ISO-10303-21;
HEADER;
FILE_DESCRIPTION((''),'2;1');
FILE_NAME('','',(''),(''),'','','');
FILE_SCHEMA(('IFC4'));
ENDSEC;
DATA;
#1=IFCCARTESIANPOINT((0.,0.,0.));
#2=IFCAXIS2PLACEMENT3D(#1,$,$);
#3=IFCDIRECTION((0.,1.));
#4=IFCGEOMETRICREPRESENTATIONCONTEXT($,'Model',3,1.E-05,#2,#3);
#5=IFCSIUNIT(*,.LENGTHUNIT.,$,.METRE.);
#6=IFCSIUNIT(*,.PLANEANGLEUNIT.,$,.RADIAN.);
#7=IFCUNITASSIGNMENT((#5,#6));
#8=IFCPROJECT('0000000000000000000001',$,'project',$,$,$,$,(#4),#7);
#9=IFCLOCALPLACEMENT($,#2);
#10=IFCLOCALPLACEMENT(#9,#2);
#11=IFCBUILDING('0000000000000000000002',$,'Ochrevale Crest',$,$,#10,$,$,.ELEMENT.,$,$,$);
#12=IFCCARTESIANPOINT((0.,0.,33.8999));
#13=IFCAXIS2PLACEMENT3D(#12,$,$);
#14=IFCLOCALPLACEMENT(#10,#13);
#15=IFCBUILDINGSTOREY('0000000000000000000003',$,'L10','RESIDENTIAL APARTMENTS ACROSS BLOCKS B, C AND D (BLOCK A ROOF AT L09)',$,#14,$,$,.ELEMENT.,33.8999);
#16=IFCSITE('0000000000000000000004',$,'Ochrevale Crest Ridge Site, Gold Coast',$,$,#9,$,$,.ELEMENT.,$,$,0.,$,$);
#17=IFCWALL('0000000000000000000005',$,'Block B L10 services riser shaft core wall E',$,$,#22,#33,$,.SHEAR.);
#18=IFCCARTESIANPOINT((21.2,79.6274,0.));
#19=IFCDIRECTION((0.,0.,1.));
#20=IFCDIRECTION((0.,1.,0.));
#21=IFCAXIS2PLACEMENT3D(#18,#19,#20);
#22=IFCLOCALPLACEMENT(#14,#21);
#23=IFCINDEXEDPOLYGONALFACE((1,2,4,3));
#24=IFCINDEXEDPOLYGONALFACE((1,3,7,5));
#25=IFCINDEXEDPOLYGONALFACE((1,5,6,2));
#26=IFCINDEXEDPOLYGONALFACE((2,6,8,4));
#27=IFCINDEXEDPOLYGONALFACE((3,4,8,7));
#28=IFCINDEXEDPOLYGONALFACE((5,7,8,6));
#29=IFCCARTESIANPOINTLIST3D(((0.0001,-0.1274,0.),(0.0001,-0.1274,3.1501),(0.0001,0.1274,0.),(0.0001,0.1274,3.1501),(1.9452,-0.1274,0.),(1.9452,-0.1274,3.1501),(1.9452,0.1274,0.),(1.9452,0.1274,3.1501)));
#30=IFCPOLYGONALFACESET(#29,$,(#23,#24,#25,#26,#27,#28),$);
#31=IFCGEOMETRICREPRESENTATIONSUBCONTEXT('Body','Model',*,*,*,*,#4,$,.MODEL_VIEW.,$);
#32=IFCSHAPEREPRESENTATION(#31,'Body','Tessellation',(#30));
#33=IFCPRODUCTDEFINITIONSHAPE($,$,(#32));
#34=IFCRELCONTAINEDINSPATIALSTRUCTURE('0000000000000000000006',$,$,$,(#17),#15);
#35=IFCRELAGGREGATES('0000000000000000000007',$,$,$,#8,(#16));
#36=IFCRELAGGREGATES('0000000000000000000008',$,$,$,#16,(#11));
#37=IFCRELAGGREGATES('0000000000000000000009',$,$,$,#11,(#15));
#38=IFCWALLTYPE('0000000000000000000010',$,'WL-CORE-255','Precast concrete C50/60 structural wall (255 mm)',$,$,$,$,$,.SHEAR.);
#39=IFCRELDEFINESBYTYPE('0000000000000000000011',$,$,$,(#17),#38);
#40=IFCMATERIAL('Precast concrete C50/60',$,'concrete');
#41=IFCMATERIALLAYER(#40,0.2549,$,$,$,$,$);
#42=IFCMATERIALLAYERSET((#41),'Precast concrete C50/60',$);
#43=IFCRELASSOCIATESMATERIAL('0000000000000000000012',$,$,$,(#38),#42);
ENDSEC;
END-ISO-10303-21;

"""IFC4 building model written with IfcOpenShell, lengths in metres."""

from ifc_helpers import new_model, si_unit, direction, frame, frame_2d, origin, place, context, subcontext, project, spatial, rectangle, extrude, material, layer, layer_set, type_object, element, save


model = new_model("IFC4")

# Units and contexts
model_context = context("Model", 3, precision=1e-05, world=origin(), true_north=direction((0.0, 1.0)))
body_context = subcontext(model_context, "Body", "Model", "MODEL_VIEW")
ifc_project = project(units=[si_unit("LENGTHUNIT", "METRE"), si_unit("PLANEANGLEUNIT", "RADIAN")], contexts=[model_context])

# Site, building, storey
site_placement = place(None, origin())
site = spatial("IfcSite", under=ifc_project, at=site_placement, Name="Ochrevale Crest Ridge Site, Gold Coast", CompositionType="ELEMENT", RefElevation=0.0)
building_placement = place(site_placement, origin())
building = spatial("IfcBuilding", under=site, at=building_placement, Name="Ochrevale Crest", CompositionType="ELEMENT")
storey_placement = place(building_placement, frame((0.0, 0.0, 33.8999)))
storey = spatial("IfcBuildingStorey", under=building, at=storey_placement, Name="L10", Description="RESIDENTIAL APARTMENTS ACROSS BLOCKS B, C AND D (BLOCK A ROOF AT L09)", CompositionType="ELEMENT", Elevation=33.8999)

# Shared definitions
ifc_material_1 = material(Name="Precast concrete C50/60", Category="concrete")
ifc_layer_1 = layer(ifc_material_1, 0.2549)
ifc_layer_set_1 = layer_set([ifc_layer_1], Name="Precast concrete C50/60")
wall_type_1 = type_object("IfcWallType", Name="WL-CORE-255", Description="Precast concrete C50/60 structural wall (255 mm)", PredefinedType="SHEAR", material=ifc_layer_set_1)

# Wall
wall_1_placement = place(storey_placement, frame((21.2, 79.6274, 0.0), z_axis=(0.0, 0.0, 1.0), x_axis=(0.0, 1.0, 0.0)))
element("IfcWall", 1, at=wall_1_placement, inside=storey, type_object=wall_type_1, Name="Block B L10 services riser shaft core wall E", PredefinedType="SHEAR", context=body_context, shape_type="SweptSolid", body=[
    extrude(rectangle(XDim=1.9451, YDim=0.2549, at=frame_2d((0.9727, 0.0))), origin(), (0.0, 0.0, 1.0), 3.1501),
])

save(model, "model.ifc")
